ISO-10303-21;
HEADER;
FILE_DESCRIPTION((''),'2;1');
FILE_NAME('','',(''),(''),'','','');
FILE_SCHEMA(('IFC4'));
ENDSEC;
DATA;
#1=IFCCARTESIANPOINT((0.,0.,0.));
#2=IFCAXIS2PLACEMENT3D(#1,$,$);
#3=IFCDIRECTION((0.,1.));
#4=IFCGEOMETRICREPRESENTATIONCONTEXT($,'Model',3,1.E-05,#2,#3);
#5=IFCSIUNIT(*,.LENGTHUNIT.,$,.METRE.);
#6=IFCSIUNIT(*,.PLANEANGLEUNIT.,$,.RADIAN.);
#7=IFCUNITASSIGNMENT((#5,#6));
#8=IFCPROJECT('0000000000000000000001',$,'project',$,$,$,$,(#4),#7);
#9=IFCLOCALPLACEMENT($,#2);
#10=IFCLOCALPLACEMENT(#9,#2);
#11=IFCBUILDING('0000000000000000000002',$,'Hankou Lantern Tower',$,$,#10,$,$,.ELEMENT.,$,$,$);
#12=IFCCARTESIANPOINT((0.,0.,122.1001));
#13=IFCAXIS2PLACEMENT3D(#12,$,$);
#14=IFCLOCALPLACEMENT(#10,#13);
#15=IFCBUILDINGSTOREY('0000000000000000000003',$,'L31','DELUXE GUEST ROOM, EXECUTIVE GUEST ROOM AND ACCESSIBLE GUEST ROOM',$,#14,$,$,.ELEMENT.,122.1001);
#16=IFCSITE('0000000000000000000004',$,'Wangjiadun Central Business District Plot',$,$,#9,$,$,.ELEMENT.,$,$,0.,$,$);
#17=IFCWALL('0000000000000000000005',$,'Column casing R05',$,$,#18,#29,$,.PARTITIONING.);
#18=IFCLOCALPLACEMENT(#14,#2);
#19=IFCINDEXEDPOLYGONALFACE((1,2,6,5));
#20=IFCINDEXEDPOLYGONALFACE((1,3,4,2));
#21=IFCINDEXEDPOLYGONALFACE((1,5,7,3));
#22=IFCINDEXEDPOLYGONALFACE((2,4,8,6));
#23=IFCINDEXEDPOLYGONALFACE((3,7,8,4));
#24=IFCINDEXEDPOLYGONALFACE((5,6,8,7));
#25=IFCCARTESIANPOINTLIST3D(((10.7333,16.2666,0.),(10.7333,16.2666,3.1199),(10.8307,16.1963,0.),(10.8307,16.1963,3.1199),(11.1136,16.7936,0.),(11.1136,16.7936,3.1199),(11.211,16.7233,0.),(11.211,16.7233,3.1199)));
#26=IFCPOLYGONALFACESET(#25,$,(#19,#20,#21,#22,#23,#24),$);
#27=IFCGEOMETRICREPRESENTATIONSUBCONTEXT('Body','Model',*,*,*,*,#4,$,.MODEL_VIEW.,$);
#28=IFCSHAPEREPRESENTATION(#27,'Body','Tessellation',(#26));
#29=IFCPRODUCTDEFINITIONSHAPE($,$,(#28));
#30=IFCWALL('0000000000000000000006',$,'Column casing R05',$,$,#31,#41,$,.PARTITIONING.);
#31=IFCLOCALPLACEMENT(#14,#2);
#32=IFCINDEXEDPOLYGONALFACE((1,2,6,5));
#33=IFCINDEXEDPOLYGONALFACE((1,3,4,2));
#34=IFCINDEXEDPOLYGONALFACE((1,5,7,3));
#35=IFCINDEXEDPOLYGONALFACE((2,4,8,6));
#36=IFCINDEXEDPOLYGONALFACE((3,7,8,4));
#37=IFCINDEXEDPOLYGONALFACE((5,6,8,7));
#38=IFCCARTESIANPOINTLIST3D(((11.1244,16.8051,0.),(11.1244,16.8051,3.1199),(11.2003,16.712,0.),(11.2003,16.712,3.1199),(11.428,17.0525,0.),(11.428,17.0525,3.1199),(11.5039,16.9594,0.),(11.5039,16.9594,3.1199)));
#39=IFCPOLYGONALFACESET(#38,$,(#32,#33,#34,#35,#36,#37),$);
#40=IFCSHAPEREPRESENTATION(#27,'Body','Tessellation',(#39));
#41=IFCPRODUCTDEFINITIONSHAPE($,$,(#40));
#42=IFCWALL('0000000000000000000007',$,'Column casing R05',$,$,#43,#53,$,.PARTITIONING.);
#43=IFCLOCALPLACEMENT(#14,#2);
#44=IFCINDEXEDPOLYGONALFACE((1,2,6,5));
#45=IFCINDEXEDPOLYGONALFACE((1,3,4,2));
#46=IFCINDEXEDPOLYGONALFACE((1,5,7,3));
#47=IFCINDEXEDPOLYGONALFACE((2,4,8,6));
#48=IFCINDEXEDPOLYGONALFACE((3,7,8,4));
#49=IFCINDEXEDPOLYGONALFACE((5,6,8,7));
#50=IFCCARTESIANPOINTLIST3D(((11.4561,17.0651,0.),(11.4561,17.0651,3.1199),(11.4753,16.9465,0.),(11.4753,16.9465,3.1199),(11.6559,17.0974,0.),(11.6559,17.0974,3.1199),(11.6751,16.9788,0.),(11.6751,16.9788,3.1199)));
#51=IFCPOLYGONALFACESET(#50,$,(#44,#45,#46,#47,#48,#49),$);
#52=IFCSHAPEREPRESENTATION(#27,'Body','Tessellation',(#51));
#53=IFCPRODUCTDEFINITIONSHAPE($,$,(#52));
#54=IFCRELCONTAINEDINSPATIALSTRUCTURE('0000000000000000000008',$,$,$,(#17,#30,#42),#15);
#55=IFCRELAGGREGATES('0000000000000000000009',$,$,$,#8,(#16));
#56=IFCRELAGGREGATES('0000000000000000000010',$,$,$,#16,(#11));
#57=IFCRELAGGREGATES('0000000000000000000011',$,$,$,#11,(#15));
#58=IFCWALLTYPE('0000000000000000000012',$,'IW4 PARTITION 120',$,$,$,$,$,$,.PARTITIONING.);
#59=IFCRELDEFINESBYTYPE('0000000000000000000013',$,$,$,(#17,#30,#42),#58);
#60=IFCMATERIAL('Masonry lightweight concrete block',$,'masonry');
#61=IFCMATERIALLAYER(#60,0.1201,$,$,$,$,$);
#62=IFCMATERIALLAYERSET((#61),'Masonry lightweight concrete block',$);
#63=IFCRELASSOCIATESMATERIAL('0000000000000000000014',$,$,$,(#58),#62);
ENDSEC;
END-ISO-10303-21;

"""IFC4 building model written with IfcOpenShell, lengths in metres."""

from ifc_helpers import new_model, si_unit, direction, frame, frame_2d, origin, place, context, subcontext, project, spatial, rectangle, extrude, material, layer, layer_set, type_object, element, save


model = new_model("IFC4")

# Units and contexts
model_context = context("Model", 3, precision=1e-05, world=origin(), true_north=direction((0.0, 1.0)))
body_context = subcontext(model_context, "Body", "Model", "MODEL_VIEW")
ifc_project = project(units=[si_unit("LENGTHUNIT", "METRE"), si_unit("PLANEANGLEUNIT", "RADIAN")], contexts=[model_context])

# Site, building, storey
site_placement = place(None, origin())
site = spatial("IfcSite", under=ifc_project, at=site_placement, Name="Wangjiadun Central Business District Plot", CompositionType="ELEMENT", RefElevation=0.0)
building_placement = place(site_placement, origin())
building = spatial("IfcBuilding", under=site, at=building_placement, Name="Hankou Lantern Tower", CompositionType="ELEMENT")
storey_placement = place(building_placement, frame((0.0, 0.0, 122.1001)))
storey = spatial("IfcBuildingStorey", under=building, at=storey_placement, Name="L31", Description="DELUXE GUEST ROOM, EXECUTIVE GUEST ROOM AND ACCESSIBLE GUEST ROOM", CompositionType="ELEMENT", Elevation=122.1001)

# Walls
ifc_material_1 = material(Name="Masonry lightweight concrete block", Category="masonry")
ifc_layer_1 = layer(ifc_material_1, 0.1201)
ifc_layer_set_1 = layer_set([ifc_layer_1], Name="Masonry lightweight concrete block")
wall_type_1 = type_object("IfcWallType", Name="IW4 PARTITION 120", PredefinedType="PARTITIONING", material=ifc_layer_set_1)
wall_1_placement = place(storey_placement, frame((10.782, 16.2314, 0.0), z_axis=(0.0, 0.0, 1.0), x_axis=(0.585175, 0.810907, 0.0)))
element("IfcWall", 1, at=wall_1_placement, inside=storey, type_object=wall_type_1, Name="Column casing R05", PredefinedType="PARTITIONING", context=body_context, shape_type="SweptSolid", body=[
    extrude(rectangle(XDim=0.6499, YDim=0.1201, at=frame_2d((0.325, 0.0))), origin(), (0.0, 0.0, 1.0), 3.1199),
])
wall_2_placement = place(storey_placement, frame((11.1624, 16.7585, 0.0), z_axis=(0.0, 0.0, 1.0), x_axis=(0.775178, 0.631742, 0.0)))
element("IfcWall", 2, at=wall_2_placement, inside=storey, type_object=wall_type_1, Name="Column casing R05", PredefinedType="PARTITIONING", context=body_context, shape_type="SweptSolid", body=[
    extrude(rectangle(XDim=0.3916, YDim=0.1201, at=frame_2d((0.1958, 0.0))), origin(), (0.0, 0.0, 1.0), 3.1199),
])
wall_3_placement = place(storey_placement, frame((11.4658, 17.0059, 0.0), z_axis=(0.0, 0.0, 1.0), x_axis=(0.987229, 0.159308, 0.0)))
element("IfcWall", 3, at=wall_3_placement, inside=storey, type_object=wall_type_1, Name="Column casing R05", PredefinedType="PARTITIONING", context=body_context, shape_type="SweptSolid", body=[
    extrude(rectangle(XDim=0.2024, YDim=0.1201, at=frame_2d((0.1011, 0.0))), origin(), (0.0, 0.0, 1.0), 3.1199),
])

save(model, "model.ifc")
